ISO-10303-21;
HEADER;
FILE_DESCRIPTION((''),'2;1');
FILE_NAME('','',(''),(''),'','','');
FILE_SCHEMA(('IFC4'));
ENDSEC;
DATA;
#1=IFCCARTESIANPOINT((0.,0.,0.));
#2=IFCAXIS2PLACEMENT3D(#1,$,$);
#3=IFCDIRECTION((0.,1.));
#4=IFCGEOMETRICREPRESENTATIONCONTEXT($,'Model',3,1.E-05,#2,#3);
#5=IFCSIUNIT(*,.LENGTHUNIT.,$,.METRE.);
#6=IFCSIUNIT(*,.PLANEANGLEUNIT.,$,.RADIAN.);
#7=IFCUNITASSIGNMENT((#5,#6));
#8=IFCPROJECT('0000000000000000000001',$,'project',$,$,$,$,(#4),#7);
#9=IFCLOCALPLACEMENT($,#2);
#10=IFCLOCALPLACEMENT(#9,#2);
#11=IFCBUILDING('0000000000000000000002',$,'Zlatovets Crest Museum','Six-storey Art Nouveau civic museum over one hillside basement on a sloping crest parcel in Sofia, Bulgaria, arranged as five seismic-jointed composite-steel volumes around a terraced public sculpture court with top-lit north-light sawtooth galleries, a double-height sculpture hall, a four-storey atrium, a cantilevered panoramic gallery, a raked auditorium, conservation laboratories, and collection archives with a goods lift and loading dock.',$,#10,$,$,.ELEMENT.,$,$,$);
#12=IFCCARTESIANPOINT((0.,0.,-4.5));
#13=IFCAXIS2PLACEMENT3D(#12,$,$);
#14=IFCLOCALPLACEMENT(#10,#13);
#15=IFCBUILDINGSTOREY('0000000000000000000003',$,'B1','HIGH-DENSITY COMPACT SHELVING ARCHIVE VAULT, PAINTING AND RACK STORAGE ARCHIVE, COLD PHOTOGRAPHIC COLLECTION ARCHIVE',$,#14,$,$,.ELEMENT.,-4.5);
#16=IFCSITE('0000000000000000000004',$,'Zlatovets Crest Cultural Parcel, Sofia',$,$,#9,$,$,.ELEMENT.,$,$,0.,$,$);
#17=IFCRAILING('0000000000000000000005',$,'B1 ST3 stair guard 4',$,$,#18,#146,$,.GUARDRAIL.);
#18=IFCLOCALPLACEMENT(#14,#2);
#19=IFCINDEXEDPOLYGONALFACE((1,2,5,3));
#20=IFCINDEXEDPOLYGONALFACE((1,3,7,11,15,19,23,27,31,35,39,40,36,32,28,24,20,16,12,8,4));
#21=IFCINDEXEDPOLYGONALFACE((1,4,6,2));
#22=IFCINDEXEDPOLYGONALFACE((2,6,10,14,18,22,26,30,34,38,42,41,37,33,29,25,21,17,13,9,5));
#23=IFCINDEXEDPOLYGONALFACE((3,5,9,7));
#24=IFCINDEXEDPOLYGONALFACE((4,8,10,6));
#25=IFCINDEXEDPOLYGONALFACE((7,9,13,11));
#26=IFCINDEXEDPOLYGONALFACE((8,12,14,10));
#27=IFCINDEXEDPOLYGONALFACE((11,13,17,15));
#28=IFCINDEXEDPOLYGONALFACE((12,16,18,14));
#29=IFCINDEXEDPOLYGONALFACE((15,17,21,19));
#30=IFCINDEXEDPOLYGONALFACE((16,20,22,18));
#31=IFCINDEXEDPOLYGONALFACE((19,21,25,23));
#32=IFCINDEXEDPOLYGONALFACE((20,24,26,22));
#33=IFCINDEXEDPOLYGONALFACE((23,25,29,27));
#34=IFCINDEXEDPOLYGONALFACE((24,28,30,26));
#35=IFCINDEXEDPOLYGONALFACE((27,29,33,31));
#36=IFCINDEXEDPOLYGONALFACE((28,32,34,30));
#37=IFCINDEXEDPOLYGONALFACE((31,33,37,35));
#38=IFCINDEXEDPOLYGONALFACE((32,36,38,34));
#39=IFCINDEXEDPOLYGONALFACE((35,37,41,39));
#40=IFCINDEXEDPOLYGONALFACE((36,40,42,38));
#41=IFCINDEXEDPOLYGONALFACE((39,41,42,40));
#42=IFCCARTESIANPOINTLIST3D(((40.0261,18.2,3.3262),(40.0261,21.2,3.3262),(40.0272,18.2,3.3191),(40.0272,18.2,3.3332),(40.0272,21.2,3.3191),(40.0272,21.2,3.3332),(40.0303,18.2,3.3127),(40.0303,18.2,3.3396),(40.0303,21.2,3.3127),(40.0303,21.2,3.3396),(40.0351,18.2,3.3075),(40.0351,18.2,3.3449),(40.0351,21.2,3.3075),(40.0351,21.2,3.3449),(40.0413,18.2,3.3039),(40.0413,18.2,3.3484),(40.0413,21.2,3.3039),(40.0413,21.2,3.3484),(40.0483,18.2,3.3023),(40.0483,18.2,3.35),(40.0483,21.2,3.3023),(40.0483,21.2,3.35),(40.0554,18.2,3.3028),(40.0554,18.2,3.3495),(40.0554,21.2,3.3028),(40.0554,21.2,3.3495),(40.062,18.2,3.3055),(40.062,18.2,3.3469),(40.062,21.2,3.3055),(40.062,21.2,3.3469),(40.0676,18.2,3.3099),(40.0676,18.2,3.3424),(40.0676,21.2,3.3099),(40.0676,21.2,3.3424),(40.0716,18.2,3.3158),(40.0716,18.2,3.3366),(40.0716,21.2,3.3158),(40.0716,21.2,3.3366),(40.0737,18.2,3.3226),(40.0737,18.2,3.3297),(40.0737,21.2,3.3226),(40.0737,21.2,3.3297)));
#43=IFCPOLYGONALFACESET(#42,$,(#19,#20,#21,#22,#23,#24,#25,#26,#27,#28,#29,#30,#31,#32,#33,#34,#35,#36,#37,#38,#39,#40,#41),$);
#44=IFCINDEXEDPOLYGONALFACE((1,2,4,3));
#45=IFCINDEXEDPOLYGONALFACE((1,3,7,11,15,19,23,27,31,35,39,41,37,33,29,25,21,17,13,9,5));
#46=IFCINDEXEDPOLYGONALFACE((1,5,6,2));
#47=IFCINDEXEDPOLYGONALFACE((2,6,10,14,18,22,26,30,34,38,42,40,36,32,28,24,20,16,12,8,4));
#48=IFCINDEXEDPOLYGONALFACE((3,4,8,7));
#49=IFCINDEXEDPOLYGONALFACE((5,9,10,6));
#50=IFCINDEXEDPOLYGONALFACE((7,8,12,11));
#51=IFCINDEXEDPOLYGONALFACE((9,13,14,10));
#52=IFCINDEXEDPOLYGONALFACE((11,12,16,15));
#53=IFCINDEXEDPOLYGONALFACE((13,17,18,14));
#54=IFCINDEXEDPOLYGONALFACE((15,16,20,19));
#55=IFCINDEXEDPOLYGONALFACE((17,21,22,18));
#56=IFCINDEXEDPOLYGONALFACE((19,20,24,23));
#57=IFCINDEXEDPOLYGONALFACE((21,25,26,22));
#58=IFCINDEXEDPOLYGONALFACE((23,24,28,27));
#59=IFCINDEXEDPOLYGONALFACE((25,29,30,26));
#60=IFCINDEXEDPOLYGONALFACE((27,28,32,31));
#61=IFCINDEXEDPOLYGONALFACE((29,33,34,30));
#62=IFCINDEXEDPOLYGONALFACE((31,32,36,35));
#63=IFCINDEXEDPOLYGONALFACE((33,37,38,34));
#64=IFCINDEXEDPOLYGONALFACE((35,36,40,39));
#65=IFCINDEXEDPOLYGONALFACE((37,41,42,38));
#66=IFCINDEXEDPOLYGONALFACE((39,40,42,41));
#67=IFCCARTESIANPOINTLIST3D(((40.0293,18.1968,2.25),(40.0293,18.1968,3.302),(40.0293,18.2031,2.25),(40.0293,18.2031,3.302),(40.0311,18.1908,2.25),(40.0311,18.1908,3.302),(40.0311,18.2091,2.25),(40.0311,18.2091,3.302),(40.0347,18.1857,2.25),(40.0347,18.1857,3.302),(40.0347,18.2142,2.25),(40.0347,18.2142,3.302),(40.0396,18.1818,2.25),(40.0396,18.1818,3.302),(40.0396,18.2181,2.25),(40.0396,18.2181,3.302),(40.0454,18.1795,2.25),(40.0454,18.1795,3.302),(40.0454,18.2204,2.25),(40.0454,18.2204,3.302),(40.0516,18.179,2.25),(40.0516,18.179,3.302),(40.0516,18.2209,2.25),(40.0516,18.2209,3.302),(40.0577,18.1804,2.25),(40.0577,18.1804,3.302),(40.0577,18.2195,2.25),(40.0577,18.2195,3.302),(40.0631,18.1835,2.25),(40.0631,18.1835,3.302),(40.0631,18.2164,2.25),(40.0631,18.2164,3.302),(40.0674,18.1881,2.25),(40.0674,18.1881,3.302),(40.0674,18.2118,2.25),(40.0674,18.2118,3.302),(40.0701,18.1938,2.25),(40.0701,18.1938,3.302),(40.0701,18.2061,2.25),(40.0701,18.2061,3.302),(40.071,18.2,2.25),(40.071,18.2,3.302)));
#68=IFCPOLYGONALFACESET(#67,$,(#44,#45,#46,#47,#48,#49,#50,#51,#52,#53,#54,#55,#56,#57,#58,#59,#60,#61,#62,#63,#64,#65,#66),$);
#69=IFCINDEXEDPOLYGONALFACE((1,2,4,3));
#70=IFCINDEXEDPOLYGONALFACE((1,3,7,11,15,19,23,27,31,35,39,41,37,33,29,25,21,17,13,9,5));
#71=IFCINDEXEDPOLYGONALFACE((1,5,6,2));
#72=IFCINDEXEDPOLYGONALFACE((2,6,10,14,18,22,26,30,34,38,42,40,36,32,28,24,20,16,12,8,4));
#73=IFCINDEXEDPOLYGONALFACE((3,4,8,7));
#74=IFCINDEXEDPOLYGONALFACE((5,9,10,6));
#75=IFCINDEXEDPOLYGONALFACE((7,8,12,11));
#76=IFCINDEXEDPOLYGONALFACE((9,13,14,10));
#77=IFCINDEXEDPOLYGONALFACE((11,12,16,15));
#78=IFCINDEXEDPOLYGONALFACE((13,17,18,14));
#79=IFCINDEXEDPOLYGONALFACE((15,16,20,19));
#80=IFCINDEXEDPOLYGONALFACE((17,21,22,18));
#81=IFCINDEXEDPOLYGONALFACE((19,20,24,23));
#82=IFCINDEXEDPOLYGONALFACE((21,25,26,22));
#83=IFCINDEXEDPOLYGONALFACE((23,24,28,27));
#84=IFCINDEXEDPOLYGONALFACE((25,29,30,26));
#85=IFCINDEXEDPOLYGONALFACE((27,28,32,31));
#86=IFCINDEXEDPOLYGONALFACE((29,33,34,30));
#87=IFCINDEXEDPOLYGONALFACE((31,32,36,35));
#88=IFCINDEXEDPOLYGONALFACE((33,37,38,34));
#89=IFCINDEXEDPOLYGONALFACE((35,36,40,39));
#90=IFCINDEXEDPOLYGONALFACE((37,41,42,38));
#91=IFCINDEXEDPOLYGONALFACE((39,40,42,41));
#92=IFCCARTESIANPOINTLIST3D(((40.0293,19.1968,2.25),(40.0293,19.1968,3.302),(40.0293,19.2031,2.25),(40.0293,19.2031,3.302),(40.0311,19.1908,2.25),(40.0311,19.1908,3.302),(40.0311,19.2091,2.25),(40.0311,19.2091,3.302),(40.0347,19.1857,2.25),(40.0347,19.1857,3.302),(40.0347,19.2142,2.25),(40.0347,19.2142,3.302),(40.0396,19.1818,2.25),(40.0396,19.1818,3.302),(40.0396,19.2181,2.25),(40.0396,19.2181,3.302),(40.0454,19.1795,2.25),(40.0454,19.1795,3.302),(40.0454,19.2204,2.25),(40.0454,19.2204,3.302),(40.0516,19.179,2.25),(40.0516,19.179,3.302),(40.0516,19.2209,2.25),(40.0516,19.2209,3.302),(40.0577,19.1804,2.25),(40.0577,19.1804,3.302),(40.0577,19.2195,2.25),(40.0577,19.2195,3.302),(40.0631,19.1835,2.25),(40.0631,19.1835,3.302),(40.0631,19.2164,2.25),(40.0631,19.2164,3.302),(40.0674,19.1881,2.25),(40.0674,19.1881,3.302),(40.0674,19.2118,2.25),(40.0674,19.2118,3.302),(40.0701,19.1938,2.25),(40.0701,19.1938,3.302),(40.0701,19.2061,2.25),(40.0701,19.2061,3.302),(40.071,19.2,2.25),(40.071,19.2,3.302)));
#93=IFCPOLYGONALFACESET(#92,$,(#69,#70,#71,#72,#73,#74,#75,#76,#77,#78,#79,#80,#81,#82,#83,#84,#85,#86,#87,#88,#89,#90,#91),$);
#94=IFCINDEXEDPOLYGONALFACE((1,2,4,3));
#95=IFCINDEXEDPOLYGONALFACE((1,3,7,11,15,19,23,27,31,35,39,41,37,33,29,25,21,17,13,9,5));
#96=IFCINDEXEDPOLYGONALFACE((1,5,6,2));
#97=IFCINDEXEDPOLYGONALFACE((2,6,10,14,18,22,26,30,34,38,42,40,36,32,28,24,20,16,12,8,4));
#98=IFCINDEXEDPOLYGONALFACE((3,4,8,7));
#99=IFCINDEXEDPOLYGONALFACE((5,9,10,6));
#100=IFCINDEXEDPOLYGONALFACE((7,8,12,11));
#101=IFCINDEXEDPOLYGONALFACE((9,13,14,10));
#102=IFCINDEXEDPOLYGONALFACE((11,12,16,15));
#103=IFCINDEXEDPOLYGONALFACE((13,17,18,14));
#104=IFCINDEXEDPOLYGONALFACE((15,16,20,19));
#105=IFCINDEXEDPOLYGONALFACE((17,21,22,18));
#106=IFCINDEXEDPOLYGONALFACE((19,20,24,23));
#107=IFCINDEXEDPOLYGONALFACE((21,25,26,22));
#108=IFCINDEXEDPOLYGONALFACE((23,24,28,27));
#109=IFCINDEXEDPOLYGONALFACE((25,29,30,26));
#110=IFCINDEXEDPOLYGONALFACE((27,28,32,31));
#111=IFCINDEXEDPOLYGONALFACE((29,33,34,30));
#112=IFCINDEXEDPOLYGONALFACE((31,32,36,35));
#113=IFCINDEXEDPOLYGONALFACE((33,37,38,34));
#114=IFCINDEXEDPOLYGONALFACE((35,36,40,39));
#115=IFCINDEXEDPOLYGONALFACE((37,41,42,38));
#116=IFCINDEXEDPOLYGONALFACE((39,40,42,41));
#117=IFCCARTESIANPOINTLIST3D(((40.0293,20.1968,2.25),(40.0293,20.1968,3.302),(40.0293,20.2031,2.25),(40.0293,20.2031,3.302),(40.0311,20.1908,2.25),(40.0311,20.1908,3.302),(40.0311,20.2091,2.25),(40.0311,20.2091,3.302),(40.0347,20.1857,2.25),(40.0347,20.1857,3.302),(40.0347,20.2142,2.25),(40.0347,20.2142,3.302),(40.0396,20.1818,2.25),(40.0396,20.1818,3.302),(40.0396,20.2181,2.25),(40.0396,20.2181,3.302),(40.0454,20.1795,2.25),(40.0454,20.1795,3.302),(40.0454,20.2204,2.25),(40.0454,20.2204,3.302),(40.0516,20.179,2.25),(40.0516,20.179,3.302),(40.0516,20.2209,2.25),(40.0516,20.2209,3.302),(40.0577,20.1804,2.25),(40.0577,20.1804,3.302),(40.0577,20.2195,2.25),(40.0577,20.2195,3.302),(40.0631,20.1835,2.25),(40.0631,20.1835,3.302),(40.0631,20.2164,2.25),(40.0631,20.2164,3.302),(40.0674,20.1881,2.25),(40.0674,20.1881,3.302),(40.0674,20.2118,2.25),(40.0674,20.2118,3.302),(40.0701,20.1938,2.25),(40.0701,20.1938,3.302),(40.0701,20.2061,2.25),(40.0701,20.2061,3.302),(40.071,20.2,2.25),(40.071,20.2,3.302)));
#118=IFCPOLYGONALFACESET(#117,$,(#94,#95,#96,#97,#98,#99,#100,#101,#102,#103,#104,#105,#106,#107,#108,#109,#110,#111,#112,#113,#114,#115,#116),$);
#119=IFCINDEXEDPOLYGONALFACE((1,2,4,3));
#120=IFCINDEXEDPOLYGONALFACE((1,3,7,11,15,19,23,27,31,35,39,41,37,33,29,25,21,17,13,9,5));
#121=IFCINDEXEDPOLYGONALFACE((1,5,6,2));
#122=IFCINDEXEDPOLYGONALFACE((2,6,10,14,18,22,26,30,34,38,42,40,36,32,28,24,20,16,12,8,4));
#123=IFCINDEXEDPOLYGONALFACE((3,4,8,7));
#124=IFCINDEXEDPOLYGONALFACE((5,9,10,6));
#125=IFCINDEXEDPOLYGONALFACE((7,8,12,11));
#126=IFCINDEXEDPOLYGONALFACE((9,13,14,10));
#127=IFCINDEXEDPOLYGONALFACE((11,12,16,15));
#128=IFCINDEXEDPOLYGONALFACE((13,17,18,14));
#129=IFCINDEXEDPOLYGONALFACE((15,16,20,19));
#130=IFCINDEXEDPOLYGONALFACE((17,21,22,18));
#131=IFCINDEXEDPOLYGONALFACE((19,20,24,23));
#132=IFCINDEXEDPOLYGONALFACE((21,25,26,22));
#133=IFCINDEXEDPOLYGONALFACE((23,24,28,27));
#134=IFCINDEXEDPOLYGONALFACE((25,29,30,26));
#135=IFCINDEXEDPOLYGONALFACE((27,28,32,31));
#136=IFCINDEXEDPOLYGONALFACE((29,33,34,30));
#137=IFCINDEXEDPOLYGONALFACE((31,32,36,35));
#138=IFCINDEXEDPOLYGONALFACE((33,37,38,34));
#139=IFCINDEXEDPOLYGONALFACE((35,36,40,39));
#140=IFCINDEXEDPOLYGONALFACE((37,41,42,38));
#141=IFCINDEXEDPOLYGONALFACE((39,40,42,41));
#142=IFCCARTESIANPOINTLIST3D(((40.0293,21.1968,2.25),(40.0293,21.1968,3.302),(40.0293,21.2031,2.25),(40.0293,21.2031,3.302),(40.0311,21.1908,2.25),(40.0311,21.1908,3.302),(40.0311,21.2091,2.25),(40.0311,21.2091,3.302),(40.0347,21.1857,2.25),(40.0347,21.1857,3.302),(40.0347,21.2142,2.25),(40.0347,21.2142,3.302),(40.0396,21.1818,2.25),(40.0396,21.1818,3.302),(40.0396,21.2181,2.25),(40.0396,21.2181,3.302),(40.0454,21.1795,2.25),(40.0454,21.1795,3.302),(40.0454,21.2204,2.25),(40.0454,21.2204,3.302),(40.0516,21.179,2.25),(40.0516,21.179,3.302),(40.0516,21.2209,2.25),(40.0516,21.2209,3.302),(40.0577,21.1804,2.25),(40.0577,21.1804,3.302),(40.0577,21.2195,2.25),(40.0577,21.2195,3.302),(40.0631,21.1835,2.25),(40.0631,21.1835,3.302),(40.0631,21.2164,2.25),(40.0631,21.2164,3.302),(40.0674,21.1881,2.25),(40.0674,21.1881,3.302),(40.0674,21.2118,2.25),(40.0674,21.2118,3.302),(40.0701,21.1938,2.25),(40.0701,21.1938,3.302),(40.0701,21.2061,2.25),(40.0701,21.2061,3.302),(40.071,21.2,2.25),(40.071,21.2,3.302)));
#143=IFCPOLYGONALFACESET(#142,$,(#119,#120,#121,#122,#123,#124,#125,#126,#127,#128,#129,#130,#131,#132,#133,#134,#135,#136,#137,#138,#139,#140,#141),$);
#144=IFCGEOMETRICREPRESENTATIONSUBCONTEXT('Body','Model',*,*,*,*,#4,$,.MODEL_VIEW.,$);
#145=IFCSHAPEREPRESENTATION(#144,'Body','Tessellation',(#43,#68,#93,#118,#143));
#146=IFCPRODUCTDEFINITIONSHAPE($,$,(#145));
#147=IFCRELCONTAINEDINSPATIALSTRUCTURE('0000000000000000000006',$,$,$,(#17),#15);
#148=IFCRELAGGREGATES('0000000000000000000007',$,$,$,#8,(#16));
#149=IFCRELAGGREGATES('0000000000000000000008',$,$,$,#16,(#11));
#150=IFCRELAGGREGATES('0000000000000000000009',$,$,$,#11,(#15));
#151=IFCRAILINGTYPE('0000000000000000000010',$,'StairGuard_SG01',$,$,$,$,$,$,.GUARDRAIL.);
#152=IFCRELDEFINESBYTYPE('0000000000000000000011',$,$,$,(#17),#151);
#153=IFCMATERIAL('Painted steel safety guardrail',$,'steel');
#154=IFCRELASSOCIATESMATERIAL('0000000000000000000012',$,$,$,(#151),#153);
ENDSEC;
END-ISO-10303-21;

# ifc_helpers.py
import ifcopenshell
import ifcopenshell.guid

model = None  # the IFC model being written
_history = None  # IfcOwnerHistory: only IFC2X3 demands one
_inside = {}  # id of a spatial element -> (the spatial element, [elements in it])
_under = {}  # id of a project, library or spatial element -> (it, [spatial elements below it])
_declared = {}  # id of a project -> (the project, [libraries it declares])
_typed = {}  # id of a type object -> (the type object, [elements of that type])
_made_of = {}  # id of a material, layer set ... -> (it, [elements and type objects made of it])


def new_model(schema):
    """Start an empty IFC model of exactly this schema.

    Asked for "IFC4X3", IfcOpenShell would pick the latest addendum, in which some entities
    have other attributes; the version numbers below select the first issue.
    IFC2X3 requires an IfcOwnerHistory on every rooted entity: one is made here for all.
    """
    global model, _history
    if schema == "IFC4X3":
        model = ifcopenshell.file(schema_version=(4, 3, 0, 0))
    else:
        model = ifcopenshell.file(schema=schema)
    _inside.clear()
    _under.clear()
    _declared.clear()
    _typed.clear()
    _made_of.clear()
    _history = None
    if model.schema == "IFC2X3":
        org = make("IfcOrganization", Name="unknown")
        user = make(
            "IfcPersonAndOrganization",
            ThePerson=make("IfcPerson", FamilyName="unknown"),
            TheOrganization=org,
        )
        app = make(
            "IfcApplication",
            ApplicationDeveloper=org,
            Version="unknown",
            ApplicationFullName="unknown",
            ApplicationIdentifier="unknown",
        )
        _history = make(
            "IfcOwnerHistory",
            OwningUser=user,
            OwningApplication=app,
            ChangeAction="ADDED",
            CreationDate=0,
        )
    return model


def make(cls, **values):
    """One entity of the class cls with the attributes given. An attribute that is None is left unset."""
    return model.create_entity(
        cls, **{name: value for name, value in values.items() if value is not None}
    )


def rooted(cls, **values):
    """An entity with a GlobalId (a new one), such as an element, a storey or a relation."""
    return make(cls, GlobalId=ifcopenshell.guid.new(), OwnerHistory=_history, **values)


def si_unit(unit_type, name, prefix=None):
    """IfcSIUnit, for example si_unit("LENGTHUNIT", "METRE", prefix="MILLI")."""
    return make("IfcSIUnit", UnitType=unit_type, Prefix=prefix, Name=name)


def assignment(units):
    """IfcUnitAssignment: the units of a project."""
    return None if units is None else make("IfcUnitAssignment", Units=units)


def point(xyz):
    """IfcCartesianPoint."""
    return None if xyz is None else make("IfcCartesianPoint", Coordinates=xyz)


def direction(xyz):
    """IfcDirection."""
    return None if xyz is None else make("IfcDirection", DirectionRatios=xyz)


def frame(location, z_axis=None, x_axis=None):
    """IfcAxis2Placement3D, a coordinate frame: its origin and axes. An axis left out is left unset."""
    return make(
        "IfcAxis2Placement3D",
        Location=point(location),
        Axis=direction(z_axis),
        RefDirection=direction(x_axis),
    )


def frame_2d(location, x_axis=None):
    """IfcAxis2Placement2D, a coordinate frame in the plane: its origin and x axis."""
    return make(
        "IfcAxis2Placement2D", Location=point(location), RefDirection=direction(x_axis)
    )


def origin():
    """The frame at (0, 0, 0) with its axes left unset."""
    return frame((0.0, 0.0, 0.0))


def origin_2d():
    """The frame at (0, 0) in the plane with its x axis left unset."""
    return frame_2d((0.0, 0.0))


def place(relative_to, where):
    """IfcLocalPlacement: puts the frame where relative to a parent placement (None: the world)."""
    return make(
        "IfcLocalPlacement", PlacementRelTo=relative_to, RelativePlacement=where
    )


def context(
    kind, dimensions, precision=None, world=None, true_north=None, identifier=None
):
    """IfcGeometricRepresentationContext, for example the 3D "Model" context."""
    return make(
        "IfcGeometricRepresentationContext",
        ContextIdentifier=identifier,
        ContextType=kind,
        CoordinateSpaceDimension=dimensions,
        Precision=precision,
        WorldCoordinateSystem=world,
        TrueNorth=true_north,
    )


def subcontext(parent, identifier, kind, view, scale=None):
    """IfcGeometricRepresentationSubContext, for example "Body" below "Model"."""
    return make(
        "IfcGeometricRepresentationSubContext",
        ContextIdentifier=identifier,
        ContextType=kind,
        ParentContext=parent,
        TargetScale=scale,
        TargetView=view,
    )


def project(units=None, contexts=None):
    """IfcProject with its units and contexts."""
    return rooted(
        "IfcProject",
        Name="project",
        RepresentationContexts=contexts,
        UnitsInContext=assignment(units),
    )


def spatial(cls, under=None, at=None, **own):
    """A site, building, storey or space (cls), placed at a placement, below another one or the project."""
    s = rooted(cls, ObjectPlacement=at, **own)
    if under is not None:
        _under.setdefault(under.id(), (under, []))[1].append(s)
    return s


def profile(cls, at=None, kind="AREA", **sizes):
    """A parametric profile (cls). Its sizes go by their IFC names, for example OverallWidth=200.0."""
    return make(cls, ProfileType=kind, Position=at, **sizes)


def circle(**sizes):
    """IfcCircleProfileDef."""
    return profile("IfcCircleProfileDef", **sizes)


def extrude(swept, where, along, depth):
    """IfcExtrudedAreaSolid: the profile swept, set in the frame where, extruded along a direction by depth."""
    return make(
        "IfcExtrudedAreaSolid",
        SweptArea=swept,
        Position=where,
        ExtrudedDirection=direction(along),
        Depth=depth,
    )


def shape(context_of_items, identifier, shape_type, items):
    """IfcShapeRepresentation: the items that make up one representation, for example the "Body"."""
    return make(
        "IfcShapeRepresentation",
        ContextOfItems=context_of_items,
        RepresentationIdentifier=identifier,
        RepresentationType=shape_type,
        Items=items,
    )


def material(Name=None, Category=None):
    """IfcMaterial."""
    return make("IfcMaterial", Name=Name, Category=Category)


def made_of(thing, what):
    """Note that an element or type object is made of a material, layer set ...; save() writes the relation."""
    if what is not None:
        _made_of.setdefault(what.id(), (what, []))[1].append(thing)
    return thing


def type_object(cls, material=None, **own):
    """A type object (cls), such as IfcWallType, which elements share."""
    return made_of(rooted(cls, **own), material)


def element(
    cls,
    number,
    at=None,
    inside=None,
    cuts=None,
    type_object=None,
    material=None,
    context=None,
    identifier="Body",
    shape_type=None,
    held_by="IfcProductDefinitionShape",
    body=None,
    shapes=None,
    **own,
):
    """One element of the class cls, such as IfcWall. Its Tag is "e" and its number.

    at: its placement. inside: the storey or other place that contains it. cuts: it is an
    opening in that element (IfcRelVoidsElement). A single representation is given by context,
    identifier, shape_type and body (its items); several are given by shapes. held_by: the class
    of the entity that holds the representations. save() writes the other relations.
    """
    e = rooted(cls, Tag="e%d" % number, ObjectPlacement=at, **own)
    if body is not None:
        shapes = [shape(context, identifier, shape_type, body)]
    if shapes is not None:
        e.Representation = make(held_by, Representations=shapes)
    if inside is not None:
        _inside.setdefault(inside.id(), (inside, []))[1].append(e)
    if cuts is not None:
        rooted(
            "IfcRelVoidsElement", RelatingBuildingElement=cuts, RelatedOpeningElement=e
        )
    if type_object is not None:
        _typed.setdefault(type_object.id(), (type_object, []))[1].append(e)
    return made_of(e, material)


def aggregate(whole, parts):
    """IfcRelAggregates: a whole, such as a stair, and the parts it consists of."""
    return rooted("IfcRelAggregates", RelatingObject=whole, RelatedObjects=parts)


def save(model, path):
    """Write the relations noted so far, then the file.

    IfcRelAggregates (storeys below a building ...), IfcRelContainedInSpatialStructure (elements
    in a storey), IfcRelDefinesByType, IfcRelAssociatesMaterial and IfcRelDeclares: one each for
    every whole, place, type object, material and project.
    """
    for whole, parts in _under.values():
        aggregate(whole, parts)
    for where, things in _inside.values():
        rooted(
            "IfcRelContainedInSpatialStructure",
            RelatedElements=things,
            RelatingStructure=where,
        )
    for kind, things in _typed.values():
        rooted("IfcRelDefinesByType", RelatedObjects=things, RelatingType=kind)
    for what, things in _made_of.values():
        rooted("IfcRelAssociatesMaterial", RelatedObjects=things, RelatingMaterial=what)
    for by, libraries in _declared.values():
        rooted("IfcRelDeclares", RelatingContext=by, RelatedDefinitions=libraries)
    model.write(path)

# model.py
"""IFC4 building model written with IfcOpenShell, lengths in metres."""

from ifc_helpers import new_model, si_unit, direction, frame, origin, origin_2d, place, context, subcontext, project, spatial, circle, extrude, material, type_object, element, save


model = new_model("IFC4")

# Units and contexts
model_context = context("Model", 3, precision=1e-05, world=origin(), true_north=direction((0.0, 1.0)))
body_context = subcontext(model_context, "Body", "Model", "MODEL_VIEW")
ifc_project = project(units=[si_unit("LENGTHUNIT", "METRE"), si_unit("PLANEANGLEUNIT", "RADIAN")], contexts=[model_context])

# Site, building, storey
site_placement = place(None, origin())
site = spatial("IfcSite", under=ifc_project, at=site_placement, Name="Zlatovets Crest Cultural Parcel, Sofia", CompositionType="ELEMENT", RefElevation=0.0)
building_placement = place(site_placement, origin())
building = spatial("IfcBuilding", under=site, at=building_placement, Name="Zlatovets Crest Museum", Description="Six-storey Art Nouveau civic museum over one hillside basement on a sloping crest parcel in Sofia, Bulgaria, arranged as five seismic-jointed composite-steel volumes around a terraced public sculpture court with top-lit north-light sawtooth galleries, a double-height sculpture hall, a four-storey atrium, a cantilevered panoramic gallery, a raked auditorium, conservation laboratories, and collection archives with a goods lift and loading dock.", CompositionType="ELEMENT")
storey_placement = place(building_placement, frame((0.0, 0.0, -4.5)))
storey = spatial("IfcBuildingStorey", under=building, at=storey_placement, Name="B1", Description="HIGH-DENSITY COMPACT SHELVING ARCHIVE VAULT, PAINTING AND RACK STORAGE ARCHIVE, COLD PHOTOGRAPHIC COLLECTION ARCHIVE", CompositionType="ELEMENT", Elevation=-4.5)

# Railing
ifc_material_1 = material(Name="Painted steel safety guardrail", Category="steel")
railing_type_1 = type_object("IfcRailingType", Name="StairGuard_SG01", PredefinedType="GUARDRAIL", material=ifc_material_1)
for number, where, name in (
    (1, (40.05, 18.2, 2.25), "B1 ST3 stair guard 4"),
):
    element("IfcRailing", number, at=place(storey_placement, frame(where)), inside=storey, type_object=railing_type_1, Name=name, PredefinedType="GUARDRAIL", context=body_context, shape_type="SweptSolid", body=[
        extrude(circle(Radius=0.0239, at=origin_2d()), frame((0.0, 0.0, 1.0762), z_axis=(0.0, 1.0, 0.0), x_axis=(-1.0, 0.0, 0.0)), (0.0, 0.0, 1.0), 3.0),
        extrude(circle(Radius=0.021, at=origin_2d()), origin(), (0.0, 0.0, 1.0), 1.052),
        extrude(circle(Radius=0.021, at=origin_2d()), frame((0.0, 1.0, 0.0)), (0.0, 0.0, 1.0), 1.052),
        extrude(circle(Radius=0.021, at=origin_2d()), frame((0.0, 2.0, 0.0)), (0.0, 0.0, 1.0), 1.052),
        extrude(circle(Radius=0.021, at=origin_2d()), frame((0.0, 3.0, 0.0)), (0.0, 0.0, 1.0), 1.052),
    ])

save(model, "model.ifc")
